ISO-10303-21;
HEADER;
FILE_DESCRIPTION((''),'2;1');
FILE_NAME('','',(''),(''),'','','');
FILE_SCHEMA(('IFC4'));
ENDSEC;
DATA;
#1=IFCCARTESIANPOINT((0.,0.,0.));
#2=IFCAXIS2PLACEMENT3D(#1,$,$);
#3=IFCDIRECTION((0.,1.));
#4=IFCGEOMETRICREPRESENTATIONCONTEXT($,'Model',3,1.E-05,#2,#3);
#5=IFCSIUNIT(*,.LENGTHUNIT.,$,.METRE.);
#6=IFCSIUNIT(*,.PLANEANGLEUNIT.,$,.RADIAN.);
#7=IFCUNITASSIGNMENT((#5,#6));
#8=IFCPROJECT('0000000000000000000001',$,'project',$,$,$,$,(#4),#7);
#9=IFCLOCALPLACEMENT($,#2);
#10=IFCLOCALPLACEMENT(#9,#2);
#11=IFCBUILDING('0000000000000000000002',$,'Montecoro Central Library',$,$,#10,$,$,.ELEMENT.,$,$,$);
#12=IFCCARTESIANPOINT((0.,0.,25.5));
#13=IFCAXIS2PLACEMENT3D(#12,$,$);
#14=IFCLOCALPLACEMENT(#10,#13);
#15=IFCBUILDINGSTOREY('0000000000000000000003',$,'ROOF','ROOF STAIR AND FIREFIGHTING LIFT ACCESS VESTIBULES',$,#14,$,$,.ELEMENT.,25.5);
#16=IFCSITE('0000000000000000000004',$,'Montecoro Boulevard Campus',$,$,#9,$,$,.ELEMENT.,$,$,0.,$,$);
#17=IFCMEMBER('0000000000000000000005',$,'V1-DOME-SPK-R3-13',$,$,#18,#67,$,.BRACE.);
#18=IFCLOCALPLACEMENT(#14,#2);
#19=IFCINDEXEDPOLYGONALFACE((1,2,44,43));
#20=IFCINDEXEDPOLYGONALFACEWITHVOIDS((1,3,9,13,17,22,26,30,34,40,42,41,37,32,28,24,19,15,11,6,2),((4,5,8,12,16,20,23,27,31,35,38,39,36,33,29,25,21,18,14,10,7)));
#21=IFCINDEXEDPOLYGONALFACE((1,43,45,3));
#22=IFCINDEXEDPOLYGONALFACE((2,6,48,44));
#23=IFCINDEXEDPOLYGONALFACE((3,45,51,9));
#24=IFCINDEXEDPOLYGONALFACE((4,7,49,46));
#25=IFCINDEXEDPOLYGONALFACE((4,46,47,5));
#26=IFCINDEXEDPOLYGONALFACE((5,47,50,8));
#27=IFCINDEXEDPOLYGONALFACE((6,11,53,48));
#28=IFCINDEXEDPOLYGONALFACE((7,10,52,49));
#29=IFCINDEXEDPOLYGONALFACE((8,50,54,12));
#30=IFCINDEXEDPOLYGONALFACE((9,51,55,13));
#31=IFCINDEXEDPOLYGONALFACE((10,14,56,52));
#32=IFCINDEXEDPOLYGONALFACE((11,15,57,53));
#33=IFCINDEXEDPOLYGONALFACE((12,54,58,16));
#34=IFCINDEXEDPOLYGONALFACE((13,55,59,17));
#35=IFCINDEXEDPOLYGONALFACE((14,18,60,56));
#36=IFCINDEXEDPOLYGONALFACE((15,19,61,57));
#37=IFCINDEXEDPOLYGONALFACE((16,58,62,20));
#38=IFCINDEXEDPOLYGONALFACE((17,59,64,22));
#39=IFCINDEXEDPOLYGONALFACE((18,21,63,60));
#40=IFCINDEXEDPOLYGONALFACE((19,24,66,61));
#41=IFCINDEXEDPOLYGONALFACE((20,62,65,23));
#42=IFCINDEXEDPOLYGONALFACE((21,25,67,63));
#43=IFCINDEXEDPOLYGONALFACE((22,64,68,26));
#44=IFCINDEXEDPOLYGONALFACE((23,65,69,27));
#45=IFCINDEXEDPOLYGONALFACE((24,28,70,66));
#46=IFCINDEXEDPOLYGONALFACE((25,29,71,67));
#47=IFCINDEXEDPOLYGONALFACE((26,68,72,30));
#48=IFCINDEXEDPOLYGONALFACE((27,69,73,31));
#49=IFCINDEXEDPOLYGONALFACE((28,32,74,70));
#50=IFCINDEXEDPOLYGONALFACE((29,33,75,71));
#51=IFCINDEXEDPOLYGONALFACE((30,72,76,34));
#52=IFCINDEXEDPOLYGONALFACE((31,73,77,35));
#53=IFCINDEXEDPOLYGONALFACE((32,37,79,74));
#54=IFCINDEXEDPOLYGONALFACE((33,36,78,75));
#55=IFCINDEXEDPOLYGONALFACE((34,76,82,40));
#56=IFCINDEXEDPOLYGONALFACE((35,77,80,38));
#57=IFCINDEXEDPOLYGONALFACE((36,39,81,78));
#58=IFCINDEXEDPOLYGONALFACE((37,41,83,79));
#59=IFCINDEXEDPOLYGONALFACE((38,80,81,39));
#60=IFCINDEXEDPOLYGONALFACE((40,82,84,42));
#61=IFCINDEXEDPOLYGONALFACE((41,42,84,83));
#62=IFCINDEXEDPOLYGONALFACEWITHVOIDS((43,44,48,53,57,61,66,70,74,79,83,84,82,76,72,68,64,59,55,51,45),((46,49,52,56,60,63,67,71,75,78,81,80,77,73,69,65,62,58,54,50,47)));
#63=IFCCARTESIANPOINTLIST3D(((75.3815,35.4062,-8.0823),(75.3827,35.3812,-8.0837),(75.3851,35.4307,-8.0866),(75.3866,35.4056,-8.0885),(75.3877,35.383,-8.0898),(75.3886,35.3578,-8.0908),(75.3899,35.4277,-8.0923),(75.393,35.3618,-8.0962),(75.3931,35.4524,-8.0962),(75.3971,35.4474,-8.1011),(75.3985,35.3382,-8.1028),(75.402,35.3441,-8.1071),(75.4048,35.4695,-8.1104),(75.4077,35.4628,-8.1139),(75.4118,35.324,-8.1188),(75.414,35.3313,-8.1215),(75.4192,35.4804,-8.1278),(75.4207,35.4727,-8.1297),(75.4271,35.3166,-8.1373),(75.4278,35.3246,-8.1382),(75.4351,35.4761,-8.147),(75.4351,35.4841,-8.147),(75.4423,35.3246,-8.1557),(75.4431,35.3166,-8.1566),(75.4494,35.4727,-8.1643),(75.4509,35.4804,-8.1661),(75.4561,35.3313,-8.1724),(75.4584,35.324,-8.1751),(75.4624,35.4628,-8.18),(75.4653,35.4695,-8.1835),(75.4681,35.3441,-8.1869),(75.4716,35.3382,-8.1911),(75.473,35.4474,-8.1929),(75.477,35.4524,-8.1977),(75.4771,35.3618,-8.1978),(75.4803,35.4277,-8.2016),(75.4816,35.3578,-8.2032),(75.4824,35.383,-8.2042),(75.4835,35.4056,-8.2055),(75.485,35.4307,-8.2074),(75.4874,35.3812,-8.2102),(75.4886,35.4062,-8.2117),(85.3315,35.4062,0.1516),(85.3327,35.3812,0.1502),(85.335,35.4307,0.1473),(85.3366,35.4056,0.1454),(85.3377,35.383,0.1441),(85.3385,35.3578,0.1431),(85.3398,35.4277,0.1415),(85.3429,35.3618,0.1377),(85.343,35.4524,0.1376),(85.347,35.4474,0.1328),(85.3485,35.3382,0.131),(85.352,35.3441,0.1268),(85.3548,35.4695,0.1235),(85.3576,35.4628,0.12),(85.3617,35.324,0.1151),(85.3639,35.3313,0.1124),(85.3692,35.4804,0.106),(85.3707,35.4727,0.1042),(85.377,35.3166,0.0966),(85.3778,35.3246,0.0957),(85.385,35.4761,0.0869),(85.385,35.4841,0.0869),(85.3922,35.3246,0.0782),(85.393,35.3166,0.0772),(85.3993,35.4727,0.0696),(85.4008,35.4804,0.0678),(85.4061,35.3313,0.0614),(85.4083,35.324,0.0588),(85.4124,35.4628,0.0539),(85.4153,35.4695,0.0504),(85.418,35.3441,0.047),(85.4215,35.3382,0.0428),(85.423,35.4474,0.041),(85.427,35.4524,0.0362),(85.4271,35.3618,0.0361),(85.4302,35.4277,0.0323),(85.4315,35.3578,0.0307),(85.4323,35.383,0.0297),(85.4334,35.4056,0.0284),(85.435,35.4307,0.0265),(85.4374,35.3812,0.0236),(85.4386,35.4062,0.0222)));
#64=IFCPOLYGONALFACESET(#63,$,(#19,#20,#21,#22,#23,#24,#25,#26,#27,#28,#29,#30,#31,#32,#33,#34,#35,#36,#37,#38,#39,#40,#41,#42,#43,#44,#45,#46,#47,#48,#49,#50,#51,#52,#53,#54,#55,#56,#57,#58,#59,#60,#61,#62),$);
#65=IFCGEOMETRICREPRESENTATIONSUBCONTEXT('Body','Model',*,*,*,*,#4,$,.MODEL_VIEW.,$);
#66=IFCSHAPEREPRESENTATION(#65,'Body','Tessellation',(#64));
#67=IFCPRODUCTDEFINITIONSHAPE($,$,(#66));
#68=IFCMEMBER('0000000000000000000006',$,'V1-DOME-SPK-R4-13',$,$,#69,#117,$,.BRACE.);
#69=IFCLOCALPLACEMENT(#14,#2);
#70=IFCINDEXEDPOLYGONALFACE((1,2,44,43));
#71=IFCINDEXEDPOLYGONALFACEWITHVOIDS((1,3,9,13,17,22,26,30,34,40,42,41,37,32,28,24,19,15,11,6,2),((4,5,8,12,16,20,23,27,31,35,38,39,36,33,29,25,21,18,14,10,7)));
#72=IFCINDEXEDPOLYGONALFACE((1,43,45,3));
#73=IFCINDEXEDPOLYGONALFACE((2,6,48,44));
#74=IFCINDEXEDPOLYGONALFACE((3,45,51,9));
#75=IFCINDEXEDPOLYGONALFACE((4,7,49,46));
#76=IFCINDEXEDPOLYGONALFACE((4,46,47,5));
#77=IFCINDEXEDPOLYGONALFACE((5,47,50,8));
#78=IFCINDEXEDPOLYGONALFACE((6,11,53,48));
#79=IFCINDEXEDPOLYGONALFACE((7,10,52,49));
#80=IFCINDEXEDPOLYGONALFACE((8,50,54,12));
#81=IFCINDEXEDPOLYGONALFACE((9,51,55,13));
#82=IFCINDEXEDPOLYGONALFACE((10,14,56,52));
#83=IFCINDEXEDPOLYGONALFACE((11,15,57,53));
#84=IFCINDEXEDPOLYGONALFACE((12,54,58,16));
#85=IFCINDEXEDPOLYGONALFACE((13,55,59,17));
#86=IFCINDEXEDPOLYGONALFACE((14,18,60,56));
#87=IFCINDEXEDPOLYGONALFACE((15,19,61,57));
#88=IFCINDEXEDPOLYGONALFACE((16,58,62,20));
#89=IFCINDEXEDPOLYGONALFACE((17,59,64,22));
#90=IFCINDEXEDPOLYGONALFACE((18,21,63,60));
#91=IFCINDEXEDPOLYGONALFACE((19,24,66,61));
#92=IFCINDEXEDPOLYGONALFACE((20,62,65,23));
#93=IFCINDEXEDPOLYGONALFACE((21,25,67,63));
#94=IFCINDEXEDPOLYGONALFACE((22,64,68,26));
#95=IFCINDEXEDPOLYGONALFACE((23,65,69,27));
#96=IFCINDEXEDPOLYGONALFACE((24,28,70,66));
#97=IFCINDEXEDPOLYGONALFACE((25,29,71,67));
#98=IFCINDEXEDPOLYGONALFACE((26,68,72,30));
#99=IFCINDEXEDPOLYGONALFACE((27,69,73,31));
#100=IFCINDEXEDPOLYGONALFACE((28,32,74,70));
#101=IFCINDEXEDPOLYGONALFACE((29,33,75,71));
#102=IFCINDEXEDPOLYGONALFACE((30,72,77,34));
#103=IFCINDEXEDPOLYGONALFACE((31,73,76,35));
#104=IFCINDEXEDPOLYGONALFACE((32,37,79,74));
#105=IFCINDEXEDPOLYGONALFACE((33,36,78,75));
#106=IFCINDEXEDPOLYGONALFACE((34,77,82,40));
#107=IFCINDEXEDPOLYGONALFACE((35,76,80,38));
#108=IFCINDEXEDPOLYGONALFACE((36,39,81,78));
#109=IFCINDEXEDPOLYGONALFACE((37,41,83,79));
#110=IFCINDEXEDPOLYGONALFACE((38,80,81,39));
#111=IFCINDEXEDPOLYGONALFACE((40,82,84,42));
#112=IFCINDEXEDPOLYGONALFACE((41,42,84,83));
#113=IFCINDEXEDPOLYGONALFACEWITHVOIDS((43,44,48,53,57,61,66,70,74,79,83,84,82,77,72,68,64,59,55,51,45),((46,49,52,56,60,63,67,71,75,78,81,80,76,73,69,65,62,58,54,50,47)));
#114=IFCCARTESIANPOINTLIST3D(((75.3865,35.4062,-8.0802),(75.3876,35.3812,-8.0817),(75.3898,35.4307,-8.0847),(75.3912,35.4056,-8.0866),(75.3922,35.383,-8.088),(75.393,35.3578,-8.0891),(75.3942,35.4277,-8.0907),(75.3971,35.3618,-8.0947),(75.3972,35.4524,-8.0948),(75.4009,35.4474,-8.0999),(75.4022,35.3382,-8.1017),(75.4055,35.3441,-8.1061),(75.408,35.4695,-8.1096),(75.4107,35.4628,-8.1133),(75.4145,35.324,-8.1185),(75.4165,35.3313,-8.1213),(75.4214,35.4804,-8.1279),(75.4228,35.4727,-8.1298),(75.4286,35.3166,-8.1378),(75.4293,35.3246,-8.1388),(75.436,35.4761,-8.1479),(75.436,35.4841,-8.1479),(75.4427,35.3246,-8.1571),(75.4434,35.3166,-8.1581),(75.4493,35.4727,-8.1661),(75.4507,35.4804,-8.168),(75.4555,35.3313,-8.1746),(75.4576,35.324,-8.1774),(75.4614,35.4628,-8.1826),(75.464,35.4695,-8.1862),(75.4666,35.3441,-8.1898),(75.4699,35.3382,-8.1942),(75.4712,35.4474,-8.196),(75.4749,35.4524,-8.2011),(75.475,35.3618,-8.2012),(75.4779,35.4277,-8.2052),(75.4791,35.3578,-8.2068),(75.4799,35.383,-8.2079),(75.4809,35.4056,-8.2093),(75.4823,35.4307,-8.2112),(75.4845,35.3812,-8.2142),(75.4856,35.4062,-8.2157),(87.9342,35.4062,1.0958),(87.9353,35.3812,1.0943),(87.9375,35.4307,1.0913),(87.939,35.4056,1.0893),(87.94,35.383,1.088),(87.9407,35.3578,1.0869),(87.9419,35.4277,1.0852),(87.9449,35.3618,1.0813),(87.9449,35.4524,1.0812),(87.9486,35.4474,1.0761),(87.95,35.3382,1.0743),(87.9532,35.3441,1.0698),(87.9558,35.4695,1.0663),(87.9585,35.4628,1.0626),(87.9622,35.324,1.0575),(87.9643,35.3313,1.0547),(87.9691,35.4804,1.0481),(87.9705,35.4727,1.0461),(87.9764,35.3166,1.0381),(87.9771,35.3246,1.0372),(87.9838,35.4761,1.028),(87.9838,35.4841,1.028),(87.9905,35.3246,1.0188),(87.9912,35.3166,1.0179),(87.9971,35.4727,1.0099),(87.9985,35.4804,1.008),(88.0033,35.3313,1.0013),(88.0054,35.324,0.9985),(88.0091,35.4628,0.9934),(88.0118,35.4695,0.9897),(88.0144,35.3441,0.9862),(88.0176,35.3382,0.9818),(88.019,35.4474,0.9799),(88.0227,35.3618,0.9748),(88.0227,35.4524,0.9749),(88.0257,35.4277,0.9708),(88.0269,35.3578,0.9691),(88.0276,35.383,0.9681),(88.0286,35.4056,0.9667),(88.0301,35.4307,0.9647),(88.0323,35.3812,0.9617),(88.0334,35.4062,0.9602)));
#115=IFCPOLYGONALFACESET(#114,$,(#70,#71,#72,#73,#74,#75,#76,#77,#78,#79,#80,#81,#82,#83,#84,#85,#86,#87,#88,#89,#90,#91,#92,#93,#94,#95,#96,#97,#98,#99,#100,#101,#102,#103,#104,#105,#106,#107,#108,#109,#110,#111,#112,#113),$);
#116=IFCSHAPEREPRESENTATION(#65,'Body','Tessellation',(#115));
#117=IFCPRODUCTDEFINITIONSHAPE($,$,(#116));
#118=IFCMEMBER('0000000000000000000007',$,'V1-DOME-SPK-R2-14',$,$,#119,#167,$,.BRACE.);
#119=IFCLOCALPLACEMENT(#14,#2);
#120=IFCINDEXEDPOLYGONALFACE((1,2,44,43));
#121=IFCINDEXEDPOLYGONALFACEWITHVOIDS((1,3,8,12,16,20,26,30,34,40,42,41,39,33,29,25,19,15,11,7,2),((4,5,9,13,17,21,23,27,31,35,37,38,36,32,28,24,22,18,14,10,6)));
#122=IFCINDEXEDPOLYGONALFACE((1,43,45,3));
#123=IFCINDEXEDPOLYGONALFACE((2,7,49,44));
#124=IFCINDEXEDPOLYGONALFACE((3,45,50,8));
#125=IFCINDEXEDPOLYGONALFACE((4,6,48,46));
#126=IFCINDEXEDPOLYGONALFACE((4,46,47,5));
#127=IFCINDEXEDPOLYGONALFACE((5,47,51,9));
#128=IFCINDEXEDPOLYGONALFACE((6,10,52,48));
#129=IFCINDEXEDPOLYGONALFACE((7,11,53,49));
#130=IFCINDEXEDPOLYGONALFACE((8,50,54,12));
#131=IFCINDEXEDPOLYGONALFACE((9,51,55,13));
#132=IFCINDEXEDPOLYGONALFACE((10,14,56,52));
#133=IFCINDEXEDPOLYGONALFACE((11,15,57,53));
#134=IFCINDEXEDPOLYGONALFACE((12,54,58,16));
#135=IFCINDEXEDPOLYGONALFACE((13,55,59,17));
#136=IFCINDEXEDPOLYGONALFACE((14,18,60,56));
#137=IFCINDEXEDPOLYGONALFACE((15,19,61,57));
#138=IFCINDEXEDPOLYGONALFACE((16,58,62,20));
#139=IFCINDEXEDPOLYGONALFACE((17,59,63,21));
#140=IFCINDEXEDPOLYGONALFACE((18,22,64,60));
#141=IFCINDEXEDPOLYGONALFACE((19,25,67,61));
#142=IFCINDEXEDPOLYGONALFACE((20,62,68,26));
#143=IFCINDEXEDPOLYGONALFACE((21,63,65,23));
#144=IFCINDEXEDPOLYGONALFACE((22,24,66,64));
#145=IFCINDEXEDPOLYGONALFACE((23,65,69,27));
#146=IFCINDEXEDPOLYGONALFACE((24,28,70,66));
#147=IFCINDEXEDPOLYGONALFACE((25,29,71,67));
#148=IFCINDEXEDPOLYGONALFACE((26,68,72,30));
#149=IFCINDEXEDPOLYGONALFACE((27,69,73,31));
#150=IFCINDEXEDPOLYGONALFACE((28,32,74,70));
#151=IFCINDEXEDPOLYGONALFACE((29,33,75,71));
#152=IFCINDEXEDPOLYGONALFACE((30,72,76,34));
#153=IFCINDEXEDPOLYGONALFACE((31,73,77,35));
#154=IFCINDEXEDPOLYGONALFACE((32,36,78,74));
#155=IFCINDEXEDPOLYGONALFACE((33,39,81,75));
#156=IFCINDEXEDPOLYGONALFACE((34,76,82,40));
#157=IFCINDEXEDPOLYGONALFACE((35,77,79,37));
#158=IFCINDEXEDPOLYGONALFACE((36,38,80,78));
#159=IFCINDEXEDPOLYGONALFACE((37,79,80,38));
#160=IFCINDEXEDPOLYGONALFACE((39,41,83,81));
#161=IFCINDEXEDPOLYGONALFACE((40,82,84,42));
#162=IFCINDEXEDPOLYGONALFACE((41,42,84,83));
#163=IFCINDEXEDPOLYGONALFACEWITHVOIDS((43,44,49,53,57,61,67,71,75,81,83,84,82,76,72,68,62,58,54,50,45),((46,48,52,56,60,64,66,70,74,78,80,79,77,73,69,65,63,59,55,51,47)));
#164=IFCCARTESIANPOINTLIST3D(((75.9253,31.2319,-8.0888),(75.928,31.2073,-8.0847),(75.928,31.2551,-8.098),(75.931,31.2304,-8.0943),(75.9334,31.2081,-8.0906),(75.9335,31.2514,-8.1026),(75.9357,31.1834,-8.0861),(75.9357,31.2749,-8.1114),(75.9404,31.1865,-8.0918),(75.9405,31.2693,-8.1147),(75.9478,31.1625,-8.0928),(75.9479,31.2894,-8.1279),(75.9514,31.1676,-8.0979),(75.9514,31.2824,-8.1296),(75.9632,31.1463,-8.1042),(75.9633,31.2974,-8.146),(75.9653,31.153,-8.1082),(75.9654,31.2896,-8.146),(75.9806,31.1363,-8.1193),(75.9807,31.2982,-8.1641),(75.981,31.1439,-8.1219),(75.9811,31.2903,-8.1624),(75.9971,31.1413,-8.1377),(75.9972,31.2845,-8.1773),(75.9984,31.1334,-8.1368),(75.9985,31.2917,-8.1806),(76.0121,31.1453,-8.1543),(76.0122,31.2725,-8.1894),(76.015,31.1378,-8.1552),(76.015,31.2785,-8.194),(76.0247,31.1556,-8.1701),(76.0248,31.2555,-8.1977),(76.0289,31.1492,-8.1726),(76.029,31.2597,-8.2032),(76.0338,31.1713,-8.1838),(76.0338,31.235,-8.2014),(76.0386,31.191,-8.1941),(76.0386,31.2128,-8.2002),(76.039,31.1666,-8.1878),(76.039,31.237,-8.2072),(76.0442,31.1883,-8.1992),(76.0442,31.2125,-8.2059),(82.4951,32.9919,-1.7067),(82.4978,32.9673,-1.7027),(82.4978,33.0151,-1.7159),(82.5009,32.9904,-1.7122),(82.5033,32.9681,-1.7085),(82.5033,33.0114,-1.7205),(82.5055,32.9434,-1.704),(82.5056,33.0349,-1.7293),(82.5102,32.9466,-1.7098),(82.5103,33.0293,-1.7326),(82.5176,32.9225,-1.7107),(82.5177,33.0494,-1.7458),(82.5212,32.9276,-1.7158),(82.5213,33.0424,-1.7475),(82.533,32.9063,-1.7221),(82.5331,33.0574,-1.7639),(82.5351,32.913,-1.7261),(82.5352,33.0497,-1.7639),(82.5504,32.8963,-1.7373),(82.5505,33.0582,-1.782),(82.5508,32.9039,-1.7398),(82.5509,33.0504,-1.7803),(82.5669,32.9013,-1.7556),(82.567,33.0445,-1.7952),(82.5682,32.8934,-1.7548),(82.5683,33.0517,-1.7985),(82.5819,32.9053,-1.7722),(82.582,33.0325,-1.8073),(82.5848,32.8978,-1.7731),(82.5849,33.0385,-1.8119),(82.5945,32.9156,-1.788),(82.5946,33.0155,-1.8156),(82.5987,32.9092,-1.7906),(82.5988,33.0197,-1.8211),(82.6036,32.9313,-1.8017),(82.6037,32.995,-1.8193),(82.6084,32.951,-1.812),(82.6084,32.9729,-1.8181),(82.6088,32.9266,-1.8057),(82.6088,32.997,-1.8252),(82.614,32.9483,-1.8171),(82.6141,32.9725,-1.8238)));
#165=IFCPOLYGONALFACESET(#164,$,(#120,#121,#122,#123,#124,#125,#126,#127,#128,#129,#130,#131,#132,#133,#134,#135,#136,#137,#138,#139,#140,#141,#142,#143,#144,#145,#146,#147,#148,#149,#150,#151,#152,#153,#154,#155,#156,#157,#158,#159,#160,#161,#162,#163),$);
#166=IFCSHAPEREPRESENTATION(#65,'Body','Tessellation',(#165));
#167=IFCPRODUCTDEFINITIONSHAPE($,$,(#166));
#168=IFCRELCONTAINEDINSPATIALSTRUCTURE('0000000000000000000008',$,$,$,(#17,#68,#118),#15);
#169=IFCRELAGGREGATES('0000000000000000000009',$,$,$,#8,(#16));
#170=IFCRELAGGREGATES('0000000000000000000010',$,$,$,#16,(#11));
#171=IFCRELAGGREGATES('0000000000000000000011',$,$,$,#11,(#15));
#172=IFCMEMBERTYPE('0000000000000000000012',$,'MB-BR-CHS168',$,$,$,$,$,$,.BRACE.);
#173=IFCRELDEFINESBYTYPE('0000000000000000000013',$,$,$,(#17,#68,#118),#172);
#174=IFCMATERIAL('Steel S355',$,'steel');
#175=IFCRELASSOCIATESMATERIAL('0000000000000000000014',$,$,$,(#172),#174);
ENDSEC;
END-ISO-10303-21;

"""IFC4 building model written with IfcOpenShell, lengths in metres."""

from ifc_helpers import new_model, si_unit, direction, frame, origin, origin_2d, place, context, subcontext, project, spatial, hollow_circle, extrude, material, material_profile, profile_set, type_object, element, save


model = new_model("IFC4")

# Units and contexts
model_context = context("Model", 3, precision=1e-05, world=origin(), true_north=direction((0.0, 1.0)))
body_context = subcontext(model_context, "Body", "Model", "MODEL_VIEW")
ifc_project = project(units=[si_unit("LENGTHUNIT", "METRE"), si_unit("PLANEANGLEUNIT", "RADIAN")], contexts=[model_context])

# Site, building, storey
site_placement = place(None, origin())
site = spatial("IfcSite", under=ifc_project, at=site_placement, Name="Montecoro Boulevard Campus", CompositionType="ELEMENT", RefElevation=0.0)
building_placement = place(site_placement, origin())
building = spatial("IfcBuilding", under=site, at=building_placement, Name="Montecoro Central Library", CompositionType="ELEMENT")
storey_placement = place(building_placement, frame((0.0, 0.0, 25.5)))
storey = spatial("IfcBuildingStorey", under=building, at=storey_placement, Name="ROOF", Description="ROOF STAIR AND FIREFIGHTING LIFT ACCESS VESTIBULES", CompositionType="ELEMENT", Elevation=25.5)

# Members
ifc_material_1 = material(Name="Steel S355", Category="steel")
ifc_material_profile_1 = material_profile(ifc_material_1, hollow_circle(Radius=0.0842, WallThickness=0.0081, at=origin_2d()), Name="CHS 168.3x8.0")
ifc_profile_set_1 = profile_set([ifc_material_profile_1], Name="Steel S355")
member_type_1 = type_object("IfcMemberType", Name="MB-BR-CHS168", PredefinedType="BRACE", material=ifc_profile_set_1)
member_1_placement = place(storey_placement, frame((75.4351, 35.3999, -8.147), z_axis=(0.770415, 0.0, 0.637542), x_axis=(0.0, 1.0, 0.0)))
element("IfcMember", 1, at=member_1_placement, inside=storey, type_object=member_type_1, Name="V1-DOME-SPK-R3-13", PredefinedType="BRACE", context=body_context, shape_type="SweptSolid", body=[
    extrude(hollow_circle(Radius=0.0842, WallThickness=0.0081, at=origin_2d()), origin(), (0.0, 0.0, 1.0), 12.915),
])
member_2_placement = place(storey_placement, frame((75.436, 35.3999, -8.1479), z_axis=(0.807194, 0.0, 0.590287), x_axis=(0.0, 1.0, 0.0)))
element("IfcMember", 2, at=member_2_placement, inside=storey, type_object=member_type_1, Name="V1-DOME-SPK-R4-13", PredefinedType="BRACE", context=body_context, shape_type="SweptSolid", body=[
    extrude(hollow_circle(Radius=0.0842, WallThickness=0.0081, at=origin_2d()), origin(), (0.0, 0.0, 1.0), 15.5449),
])
member_3_placement = place(storey_placement, frame((75.9851, 31.2161, -8.146), z_axis=(0.704395, 0.188702, 0.684266), x_axis=(-0.258768, 0.965939, 0.0)))
element("IfcMember", 3, at=member_3_placement, inside=storey, type_object=member_type_1, Name="V1-DOME-SPK-R2-14", PredefinedType="BRACE", context=body_context, shape_type="SweptSolid", body=[
    extrude(hollow_circle(Radius=0.0842, WallThickness=0.0081, at=origin_2d()), origin(), (0.0, 0.0, 1.0), 9.3269),
])

save(model, "model.ifc")
